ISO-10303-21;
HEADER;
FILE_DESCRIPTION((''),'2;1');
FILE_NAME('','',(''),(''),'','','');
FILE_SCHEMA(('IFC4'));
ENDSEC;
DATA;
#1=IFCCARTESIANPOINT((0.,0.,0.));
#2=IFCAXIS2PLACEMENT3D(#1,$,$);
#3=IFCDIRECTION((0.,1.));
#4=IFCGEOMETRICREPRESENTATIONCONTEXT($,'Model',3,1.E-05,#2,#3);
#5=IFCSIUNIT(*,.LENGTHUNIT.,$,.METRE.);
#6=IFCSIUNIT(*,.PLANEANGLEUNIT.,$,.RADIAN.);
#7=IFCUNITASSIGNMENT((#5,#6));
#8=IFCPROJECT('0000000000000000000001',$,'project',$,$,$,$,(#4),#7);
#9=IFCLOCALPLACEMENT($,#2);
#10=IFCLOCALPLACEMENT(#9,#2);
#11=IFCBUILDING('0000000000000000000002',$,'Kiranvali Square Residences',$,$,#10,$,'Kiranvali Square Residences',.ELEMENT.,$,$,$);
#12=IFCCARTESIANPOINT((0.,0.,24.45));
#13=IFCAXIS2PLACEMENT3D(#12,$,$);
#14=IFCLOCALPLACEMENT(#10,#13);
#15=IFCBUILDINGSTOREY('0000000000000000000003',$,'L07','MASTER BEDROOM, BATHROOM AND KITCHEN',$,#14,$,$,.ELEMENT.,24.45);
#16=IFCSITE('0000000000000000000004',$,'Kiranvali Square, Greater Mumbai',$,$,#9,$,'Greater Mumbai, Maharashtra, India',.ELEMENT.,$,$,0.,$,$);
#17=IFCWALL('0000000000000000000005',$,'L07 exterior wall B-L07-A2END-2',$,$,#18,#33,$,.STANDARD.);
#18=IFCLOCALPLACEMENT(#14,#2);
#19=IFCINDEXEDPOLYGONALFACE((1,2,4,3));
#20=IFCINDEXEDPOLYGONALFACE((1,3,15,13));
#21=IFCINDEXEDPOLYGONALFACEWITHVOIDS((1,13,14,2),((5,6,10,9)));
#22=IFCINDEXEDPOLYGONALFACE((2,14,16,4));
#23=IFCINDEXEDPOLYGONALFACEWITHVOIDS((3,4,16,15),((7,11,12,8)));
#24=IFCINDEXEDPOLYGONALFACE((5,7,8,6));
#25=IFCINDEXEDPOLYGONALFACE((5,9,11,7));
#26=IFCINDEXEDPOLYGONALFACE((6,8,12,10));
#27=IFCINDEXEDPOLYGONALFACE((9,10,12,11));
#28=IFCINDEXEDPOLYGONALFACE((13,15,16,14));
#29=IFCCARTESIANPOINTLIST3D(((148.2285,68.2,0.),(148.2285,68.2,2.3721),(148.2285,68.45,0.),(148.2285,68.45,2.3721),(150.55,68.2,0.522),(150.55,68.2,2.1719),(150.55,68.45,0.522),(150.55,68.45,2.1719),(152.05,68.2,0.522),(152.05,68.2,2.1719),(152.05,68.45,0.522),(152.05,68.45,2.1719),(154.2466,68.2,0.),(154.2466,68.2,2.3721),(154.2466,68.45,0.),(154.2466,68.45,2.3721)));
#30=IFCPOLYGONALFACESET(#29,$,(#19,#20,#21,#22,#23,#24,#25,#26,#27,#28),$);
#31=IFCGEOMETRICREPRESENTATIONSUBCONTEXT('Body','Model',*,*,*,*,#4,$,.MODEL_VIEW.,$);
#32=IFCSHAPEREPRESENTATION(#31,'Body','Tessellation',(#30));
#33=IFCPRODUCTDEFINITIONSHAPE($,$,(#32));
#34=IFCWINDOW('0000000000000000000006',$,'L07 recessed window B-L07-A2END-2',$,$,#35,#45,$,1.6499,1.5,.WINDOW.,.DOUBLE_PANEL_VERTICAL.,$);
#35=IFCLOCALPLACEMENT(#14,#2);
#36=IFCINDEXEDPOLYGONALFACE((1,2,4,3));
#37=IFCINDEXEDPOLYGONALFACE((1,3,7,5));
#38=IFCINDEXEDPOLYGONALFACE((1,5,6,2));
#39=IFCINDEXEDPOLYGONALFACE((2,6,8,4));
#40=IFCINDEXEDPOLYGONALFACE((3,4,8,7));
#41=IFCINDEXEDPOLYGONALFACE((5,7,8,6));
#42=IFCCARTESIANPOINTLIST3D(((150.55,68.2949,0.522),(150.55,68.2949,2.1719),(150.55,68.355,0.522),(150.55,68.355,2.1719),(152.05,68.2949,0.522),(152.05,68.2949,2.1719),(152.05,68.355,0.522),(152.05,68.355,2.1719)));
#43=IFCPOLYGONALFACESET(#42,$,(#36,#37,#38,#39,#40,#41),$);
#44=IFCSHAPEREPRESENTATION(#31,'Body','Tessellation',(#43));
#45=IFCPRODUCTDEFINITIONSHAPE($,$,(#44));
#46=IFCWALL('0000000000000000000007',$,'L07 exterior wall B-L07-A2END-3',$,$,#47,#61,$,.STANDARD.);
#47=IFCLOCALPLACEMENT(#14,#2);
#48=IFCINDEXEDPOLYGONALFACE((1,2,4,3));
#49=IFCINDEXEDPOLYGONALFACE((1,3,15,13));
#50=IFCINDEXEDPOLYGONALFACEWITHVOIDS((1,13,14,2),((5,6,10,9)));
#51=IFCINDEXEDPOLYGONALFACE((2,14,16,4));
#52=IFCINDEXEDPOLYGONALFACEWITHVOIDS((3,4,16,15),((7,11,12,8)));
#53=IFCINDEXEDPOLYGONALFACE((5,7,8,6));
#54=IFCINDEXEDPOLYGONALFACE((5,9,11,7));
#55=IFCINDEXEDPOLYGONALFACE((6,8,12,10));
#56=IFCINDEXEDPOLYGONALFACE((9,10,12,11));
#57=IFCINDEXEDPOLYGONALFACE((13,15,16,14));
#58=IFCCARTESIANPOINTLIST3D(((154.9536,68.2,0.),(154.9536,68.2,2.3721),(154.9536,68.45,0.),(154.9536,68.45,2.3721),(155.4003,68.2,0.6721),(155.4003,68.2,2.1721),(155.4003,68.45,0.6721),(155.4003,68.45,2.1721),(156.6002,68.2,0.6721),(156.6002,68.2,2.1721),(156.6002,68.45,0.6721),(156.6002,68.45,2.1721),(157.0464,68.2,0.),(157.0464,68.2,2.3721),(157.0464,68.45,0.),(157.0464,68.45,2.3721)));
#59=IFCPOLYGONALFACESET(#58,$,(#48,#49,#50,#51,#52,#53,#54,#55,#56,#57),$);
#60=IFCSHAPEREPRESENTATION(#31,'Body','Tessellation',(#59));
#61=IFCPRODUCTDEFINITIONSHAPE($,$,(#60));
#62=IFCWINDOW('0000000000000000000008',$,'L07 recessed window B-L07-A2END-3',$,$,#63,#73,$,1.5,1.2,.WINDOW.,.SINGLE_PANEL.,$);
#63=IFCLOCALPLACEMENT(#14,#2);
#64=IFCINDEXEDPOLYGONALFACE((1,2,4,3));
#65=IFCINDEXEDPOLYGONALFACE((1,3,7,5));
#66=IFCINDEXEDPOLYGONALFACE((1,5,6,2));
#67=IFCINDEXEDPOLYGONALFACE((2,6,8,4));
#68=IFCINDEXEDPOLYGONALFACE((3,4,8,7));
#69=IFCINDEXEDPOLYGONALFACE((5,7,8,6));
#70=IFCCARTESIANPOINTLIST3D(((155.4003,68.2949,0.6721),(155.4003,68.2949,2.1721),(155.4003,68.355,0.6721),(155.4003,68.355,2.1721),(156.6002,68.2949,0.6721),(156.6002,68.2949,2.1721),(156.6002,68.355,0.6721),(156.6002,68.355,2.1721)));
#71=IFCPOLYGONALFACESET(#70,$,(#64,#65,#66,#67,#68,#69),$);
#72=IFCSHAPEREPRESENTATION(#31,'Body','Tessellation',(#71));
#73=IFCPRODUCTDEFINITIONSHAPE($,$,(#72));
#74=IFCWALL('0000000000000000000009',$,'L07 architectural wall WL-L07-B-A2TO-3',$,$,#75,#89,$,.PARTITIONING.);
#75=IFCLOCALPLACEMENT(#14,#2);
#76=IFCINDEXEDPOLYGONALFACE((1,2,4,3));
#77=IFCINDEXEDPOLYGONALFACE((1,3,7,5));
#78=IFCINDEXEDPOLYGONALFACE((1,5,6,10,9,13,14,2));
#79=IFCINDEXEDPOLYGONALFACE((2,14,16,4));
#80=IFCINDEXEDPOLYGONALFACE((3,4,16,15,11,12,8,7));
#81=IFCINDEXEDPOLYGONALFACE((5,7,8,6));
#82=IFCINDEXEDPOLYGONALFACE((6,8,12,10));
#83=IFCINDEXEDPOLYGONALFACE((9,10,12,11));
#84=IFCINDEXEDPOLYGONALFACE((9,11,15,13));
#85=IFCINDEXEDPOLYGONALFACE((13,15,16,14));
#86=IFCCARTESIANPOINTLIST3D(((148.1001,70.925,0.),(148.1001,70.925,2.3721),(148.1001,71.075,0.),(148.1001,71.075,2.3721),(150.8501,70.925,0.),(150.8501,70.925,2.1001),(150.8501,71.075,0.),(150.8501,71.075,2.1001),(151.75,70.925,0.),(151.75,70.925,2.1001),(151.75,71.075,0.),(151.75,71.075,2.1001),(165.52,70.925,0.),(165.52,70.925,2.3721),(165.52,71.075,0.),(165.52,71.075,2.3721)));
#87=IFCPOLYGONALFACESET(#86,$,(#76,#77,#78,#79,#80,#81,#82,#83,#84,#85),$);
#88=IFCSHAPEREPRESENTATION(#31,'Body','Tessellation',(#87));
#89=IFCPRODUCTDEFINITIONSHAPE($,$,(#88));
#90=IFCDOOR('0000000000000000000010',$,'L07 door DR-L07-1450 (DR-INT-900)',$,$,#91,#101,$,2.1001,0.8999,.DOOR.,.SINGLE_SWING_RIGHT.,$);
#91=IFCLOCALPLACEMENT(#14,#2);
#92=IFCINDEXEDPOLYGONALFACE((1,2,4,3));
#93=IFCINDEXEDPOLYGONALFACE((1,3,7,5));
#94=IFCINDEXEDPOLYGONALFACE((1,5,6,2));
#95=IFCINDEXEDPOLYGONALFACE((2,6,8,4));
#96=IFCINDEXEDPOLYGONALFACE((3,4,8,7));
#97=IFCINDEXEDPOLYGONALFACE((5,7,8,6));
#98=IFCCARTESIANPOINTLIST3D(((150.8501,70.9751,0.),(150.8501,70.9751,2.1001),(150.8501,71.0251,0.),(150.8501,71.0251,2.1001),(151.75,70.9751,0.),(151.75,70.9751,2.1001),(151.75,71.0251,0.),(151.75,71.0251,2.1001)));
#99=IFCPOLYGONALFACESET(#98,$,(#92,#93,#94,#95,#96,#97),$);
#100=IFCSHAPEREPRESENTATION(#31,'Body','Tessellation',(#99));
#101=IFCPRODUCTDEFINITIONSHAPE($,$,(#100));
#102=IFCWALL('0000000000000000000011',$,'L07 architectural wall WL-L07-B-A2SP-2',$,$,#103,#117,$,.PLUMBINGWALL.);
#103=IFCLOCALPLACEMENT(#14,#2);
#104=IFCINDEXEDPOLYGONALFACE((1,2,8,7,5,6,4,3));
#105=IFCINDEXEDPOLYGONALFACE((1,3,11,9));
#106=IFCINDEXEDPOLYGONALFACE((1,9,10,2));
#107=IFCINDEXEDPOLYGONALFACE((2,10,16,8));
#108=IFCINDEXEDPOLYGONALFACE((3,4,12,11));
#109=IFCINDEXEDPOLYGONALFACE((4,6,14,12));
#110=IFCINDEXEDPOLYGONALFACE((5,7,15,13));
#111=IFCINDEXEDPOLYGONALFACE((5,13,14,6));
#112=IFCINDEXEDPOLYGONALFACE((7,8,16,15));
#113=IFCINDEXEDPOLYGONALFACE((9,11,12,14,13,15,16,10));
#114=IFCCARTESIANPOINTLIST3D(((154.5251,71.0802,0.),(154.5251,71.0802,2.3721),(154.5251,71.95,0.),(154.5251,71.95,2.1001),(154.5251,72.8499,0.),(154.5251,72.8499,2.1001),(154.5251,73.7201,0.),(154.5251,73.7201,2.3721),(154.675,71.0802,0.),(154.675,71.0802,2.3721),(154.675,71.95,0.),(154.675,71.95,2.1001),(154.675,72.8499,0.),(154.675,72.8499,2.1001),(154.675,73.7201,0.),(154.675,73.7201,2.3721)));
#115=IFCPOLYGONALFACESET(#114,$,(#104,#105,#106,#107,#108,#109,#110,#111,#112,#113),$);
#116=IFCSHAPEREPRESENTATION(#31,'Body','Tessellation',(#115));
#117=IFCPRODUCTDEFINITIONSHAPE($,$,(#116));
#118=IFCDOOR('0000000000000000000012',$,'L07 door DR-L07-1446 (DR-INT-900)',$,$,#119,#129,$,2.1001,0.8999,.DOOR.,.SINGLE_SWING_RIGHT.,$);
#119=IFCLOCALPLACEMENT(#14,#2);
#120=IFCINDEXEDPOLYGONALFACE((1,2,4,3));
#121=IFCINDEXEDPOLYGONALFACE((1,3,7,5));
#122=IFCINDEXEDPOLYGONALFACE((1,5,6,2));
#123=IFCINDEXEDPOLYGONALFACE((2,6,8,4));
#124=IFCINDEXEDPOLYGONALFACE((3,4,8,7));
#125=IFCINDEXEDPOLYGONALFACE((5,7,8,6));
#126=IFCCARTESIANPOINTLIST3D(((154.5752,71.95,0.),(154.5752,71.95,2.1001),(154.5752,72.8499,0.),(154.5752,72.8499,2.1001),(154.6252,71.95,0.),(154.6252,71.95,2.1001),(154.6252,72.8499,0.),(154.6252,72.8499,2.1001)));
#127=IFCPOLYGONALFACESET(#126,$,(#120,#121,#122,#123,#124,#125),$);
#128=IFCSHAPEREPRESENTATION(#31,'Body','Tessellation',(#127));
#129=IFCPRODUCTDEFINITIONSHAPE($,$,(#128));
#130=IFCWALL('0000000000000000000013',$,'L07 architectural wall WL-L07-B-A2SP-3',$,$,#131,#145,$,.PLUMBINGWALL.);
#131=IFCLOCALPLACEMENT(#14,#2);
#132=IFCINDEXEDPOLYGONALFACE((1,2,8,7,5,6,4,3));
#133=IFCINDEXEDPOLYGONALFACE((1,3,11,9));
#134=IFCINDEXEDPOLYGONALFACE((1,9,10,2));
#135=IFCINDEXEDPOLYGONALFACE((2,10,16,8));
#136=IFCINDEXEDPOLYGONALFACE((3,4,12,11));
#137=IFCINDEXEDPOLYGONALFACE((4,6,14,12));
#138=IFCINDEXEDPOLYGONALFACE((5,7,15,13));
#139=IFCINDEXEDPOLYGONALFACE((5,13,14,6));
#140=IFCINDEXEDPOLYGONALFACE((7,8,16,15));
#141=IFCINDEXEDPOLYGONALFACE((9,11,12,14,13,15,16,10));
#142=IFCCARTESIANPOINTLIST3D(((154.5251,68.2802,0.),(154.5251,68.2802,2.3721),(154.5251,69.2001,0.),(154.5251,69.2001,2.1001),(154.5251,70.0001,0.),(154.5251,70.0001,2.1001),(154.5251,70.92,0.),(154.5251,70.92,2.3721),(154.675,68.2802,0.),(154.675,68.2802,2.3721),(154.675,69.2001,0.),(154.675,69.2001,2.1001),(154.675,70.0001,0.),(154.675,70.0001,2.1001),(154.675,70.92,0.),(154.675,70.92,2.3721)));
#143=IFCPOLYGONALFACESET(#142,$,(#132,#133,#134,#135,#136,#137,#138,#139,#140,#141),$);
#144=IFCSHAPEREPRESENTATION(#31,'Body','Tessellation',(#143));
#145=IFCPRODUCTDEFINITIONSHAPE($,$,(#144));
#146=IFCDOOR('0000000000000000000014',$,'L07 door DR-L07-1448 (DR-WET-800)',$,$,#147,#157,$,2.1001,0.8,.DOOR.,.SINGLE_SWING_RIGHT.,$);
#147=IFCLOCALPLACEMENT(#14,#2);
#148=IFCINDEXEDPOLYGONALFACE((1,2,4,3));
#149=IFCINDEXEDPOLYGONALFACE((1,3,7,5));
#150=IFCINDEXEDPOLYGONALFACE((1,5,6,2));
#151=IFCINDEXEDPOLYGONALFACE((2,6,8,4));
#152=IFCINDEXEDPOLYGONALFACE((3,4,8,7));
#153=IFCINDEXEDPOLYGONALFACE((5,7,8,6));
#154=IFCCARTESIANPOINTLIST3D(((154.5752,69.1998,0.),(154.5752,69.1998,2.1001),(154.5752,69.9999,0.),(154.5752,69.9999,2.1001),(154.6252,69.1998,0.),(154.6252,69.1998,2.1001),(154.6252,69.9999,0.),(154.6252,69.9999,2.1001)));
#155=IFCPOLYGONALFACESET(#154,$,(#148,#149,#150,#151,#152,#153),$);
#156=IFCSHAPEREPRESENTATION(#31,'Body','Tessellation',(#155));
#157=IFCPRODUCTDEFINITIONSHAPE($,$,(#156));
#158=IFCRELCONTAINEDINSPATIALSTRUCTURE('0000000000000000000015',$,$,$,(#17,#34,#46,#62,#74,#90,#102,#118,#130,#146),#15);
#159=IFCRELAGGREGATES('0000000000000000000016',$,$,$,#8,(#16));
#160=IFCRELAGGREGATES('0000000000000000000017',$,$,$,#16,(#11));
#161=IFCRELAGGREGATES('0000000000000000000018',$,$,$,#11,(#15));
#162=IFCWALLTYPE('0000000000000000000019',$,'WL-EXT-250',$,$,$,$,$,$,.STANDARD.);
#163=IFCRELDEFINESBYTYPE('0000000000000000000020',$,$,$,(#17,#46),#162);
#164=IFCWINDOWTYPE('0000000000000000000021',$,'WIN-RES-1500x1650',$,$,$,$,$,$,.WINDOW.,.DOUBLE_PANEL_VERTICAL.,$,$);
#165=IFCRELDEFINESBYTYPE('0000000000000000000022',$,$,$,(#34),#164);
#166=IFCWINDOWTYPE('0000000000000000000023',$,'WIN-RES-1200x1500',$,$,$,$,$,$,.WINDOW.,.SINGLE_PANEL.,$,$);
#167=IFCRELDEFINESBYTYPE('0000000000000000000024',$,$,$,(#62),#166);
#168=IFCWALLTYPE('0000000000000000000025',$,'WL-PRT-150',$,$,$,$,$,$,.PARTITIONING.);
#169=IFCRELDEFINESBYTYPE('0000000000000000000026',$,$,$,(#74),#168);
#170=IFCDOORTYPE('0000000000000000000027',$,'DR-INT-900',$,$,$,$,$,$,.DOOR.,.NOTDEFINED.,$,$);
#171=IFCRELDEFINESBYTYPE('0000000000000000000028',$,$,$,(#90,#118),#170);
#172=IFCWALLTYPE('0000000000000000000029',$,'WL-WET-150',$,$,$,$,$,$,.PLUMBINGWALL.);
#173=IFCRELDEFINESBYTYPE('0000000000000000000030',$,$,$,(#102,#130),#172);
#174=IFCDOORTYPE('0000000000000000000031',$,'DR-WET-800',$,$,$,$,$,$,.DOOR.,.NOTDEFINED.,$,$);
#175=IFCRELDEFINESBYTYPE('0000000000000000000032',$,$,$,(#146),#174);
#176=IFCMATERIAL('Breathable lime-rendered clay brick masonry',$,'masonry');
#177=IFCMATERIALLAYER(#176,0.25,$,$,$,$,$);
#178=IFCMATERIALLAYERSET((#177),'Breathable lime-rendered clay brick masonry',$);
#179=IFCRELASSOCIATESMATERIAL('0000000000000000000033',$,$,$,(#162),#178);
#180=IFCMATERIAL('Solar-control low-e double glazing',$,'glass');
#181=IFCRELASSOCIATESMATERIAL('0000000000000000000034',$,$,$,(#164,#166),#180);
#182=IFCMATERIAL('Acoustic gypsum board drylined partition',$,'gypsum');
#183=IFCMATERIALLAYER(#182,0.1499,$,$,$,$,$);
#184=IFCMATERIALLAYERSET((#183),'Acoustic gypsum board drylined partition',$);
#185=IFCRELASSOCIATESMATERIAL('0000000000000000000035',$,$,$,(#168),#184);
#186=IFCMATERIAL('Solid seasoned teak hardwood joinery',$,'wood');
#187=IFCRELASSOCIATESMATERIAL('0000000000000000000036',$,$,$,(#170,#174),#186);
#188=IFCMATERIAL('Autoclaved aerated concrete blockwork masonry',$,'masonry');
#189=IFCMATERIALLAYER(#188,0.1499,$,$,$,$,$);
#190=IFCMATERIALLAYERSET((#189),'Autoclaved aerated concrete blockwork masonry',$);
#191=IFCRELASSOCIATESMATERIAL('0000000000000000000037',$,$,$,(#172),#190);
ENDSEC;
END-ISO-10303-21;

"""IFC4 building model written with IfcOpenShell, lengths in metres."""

from ifc_helpers import new_model, si_unit, direction, frame, frame_2d, origin, place, context, subcontext, project, spatial, rectangle, extrude, material, layer, layer_set, type_object, element, fill, save


model = new_model("IFC4")

# Units and contexts
model_context = context("Model", 3, precision=1e-05, world=origin(), true_north=direction((0.0, 1.0)))
body_context = subcontext(model_context, "Body", "Model", "MODEL_VIEW")
ifc_project = project(units=[si_unit("LENGTHUNIT", "METRE"), si_unit("PLANEANGLEUNIT", "RADIAN")], contexts=[model_context])

# Site, building, storey
site_placement = place(None, origin())
site = spatial("IfcSite", under=ifc_project, at=site_placement, Name="Kiranvali Square, Greater Mumbai", LongName="Greater Mumbai, Maharashtra, India", CompositionType="ELEMENT", RefElevation=0.0)
building_placement = place(site_placement, origin())
building = spatial("IfcBuilding", under=site, at=building_placement, Name="Kiranvali Square Residences", LongName="Kiranvali Square Residences", CompositionType="ELEMENT")
storey_placement = place(building_placement, frame((0.0, 0.0, 24.45)))
storey = spatial("IfcBuildingStorey", under=building, at=storey_placement, Name="L07", Description="MASTER BEDROOM, BATHROOM AND KITCHEN", CompositionType="ELEMENT", Elevation=24.45)

# Shared definitions
ifc_material_1 = material(Name="Autoclaved aerated concrete blockwork masonry", Category="masonry")

# Walls, openings, windows
ifc_material_2 = material(Name="Breathable lime-rendered clay brick masonry", Category="masonry")
ifc_layer_1 = layer(ifc_material_2, 0.25)
ifc_layer_set_1 = layer_set([ifc_layer_1], Name="Breathable lime-rendered clay brick masonry")
wall_type_1 = type_object("IfcWallType", Name="WL-EXT-250", PredefinedType="STANDARD", material=ifc_layer_set_1)
wall_1_placement = place(storey_placement, frame((148.2285, 68.325, 0.0), z_axis=(0.0, 0.0, 1.0), x_axis=(1.0, 0.0, 0.0)))
wall_1 = element("IfcWall", 1, at=wall_1_placement, inside=storey, type_object=wall_type_1, Name="L07 exterior wall B-L07-A2END-2", PredefinedType="STANDARD", context=body_context, shape_type="SweptSolid", body=[
    extrude(rectangle(XDim=6.0181, YDim=0.25, at=frame_2d((3.009, 0.0))), origin(), (0.0, 0.0, 1.0), 2.3721),
])
opening_1_placement = place(wall_1_placement, frame((2.3215, 0.0, 0.522)))
opening_1 = element("IfcOpeningElement", 2, at=opening_1_placement, cuts=wall_1, PredefinedType="OPENING", context=body_context, shape_type="SweptSolid", body=[
    extrude(rectangle(XDim=1.5, YDim=1.6499, at=frame_2d((0.75, 0.825))), frame((0.0, 0.135, 0.0), z_axis=(0.0, -1.0, 0.0), x_axis=(1.0, 0.0, 0.0)), (0.0, 0.0, 1.0), 0.27),
])
ifc_material_3 = material(Name="Solar-control low-e double glazing", Category="glass")
window_type_1 = type_object("IfcWindowType", Name="WIN-RES-1500x1650", PartitioningType="DOUBLE_PANEL_VERTICAL", PredefinedType="WINDOW", material=ifc_material_3)
window_1_placement = place(opening_1_placement, origin())
window_1 = element("IfcWindow", 3, at=window_1_placement, inside=storey, type_object=window_type_1, Name="L07 recessed window B-L07-A2END-2", OverallHeight=1.6499, OverallWidth=1.5, PartitioningType="DOUBLE_PANEL_VERTICAL", PredefinedType="WINDOW", context=body_context, shape_type="SweptSolid", body=[
    extrude(rectangle(XDim=1.5, YDim=1.6499, at=frame_2d((0.75, 0.825))), frame((0.0, 0.03, 0.0), z_axis=(0.0, -1.0, 0.0), x_axis=(1.0, 0.0, 0.0)), (0.0, 0.0, 1.0), 0.0601),
])
fill(opening_1, window_1)
wall_2_placement = place(storey_placement, frame((154.9536, 68.325, 0.0), z_axis=(0.0, 0.0, 1.0), x_axis=(1.0, 0.0, 0.0)))
wall_2 = element("IfcWall", 4, at=wall_2_placement, inside=storey, type_object=wall_type_1, Name="L07 exterior wall B-L07-A2END-3", PredefinedType="STANDARD", context=body_context, shape_type="SweptSolid", body=[
    extrude(rectangle(XDim=2.0928, YDim=0.25, at=frame_2d((1.0464, 0.0))), origin(), (0.0, 0.0, 1.0), 2.3721),
])
opening_2_placement = place(wall_2_placement, frame((0.4465, 0.0, 0.6721)))
opening_2 = element("IfcOpeningElement", 5, at=opening_2_placement, cuts=wall_2, PredefinedType="OPENING", context=body_context, shape_type="SweptSolid", body=[
    extrude(rectangle(XDim=1.2, YDim=1.5, at=frame_2d((0.6001, 0.75))), frame((0.0, 0.135, 0.0), z_axis=(0.0, -1.0, 0.0), x_axis=(1.0, 0.0, 0.0)), (0.0, 0.0, 1.0), 0.27),
])
window_type_2 = type_object("IfcWindowType", Name="WIN-RES-1200x1500", PartitioningType="SINGLE_PANEL", PredefinedType="WINDOW", material=ifc_material_3)
window_2_placement = place(opening_2_placement, origin())
window_2 = element("IfcWindow", 6, at=window_2_placement, inside=storey, type_object=window_type_2, Name="L07 recessed window B-L07-A2END-3", OverallHeight=1.5, OverallWidth=1.2, PartitioningType="SINGLE_PANEL", PredefinedType="WINDOW", context=body_context, shape_type="SweptSolid", body=[
    extrude(rectangle(XDim=1.2, YDim=1.5, at=frame_2d((0.6001, 0.75))), frame((0.0, 0.03, 0.0), z_axis=(0.0, -1.0, 0.0), x_axis=(1.0, 0.0, 0.0)), (0.0, 0.0, 1.0), 0.0601),
])
fill(opening_2, window_2)

# Walls, openings, doors
ifc_material_4 = material(Name="Acoustic gypsum board drylined partition", Category="gypsum")
ifc_layer_2 = layer(ifc_material_4, 0.1499)
ifc_layer_set_2 = layer_set([ifc_layer_2], Name="Acoustic gypsum board drylined partition")
wall_type_2 = type_object("IfcWallType", Name="WL-PRT-150", PredefinedType="PARTITIONING", material=ifc_layer_set_2)
wall_3_placement = place(storey_placement, frame((148.1001, 71.0, 0.0), z_axis=(0.0, 0.0, 1.0), x_axis=(1.0, 0.0, 0.0)))
wall_3 = element("IfcWall", 7, at=wall_3_placement, inside=storey, type_object=wall_type_2, Name="L07 architectural wall WL-L07-B-A2TO-3", PredefinedType="PARTITIONING", context=body_context, shape_type="SweptSolid", body=[
    extrude(rectangle(XDim=17.4199, YDim=0.1499, at=frame_2d((8.71, 0.0))), origin(), (0.0, 0.0, 1.0), 2.3721),
])
opening_3_placement = place(wall_3_placement, frame((2.75, 0.0, 0.0)))
opening_3 = element("IfcOpeningElement", 8, at=opening_3_placement, cuts=wall_3, PredefinedType="OPENING", context=body_context, shape_type="SweptSolid", body=[
    extrude(rectangle(XDim=0.8999, YDim=2.1001, at=frame_2d((0.45, 1.05))), frame((0.0, 0.085, 0.0), z_axis=(0.0, -1.0, 0.0), x_axis=(1.0, 0.0, 0.0)), (0.0, 0.0, 1.0), 0.1699),
])
ifc_material_5 = material(Name="Solid seasoned teak hardwood joinery", Category="wood")
door_type_1 = type_object("IfcDoorType", Name="DR-INT-900", OperationType="NOTDEFINED", PredefinedType="DOOR", material=ifc_material_5)
door_1_placement = place(opening_3_placement, frame((0.8999, 0.0, 0.0), z_axis=(0.0, 0.0, 1.0), x_axis=(-1.0, 0.0, 0.0)))
door_1 = element("IfcDoor", 9, at=door_1_placement, inside=storey, type_object=door_type_1, Name="L07 door DR-L07-1450 (DR-INT-900)", OperationType="SINGLE_SWING_RIGHT", OverallHeight=2.1001, OverallWidth=0.8999, PredefinedType="DOOR", context=body_context, shape_type="SweptSolid", body=[
    extrude(rectangle(XDim=0.8999, YDim=2.1001, at=frame_2d((0.45, 1.05))), frame((0.0, 0.0249, 0.0), z_axis=(0.0, -1.0, 0.0), x_axis=(1.0, 0.0, 0.0)), (0.0, 0.0, 1.0), 0.05),
])
fill(opening_3, door_1)
ifc_layer_3 = layer(ifc_material_1, 0.1499)
ifc_layer_set_3 = layer_set([ifc_layer_3], Name="Autoclaved aerated concrete blockwork masonry")
wall_type_3 = type_object("IfcWallType", Name="WL-WET-150", PredefinedType="PLUMBINGWALL", material=ifc_layer_set_3)
wall_4_placement = place(storey_placement, frame((154.6001, 73.72, 0.0), z_axis=(0.0, 0.0, 1.0), x_axis=(0.0, -1.0, 0.0)))
wall_4 = element("IfcWall", 10, at=wall_4_placement, inside=storey, type_object=wall_type_3, Name="L07 architectural wall WL-L07-B-A2SP-2", PredefinedType="PLUMBINGWALL", context=body_context, shape_type="SweptSolid", body=[
    extrude(rectangle(XDim=2.6399, YDim=0.1499, at=frame_2d((1.3198, 0.0))), origin(), (0.0, 0.0, 1.0), 2.3721),
])
opening_4_placement = place(wall_4_placement, frame((0.8701, 0.0, 0.0)))
opening_4 = element("IfcOpeningElement", 11, at=opening_4_placement, cuts=wall_4, PredefinedType="OPENING", context=body_context, shape_type="SweptSolid", body=[
    extrude(rectangle(XDim=0.8999, YDim=2.1001, at=frame_2d((0.45, 1.05))), frame((0.0, 0.085, 0.0), z_axis=(0.0, -1.0, 0.0), x_axis=(1.0, 0.0, 0.0)), (0.0, 0.0, 1.0), 0.1699),
])
door_2_placement = place(opening_4_placement, frame((0.8999, 0.0, 0.0), z_axis=(0.0, 0.0, 1.0), x_axis=(-1.0, 0.0, 0.0)))
door_2 = element("IfcDoor", 12, at=door_2_placement, inside=storey, type_object=door_type_1, Name="L07 door DR-L07-1446 (DR-INT-900)", OperationType="SINGLE_SWING_RIGHT", OverallHeight=2.1001, OverallWidth=0.8999, PredefinedType="DOOR", context=body_context, shape_type="SweptSolid", body=[
    extrude(rectangle(XDim=0.8999, YDim=2.1001, at=frame_2d((0.45, 1.05))), frame((0.0, 0.0249, 0.0), z_axis=(0.0, -1.0, 0.0), x_axis=(1.0, 0.0, 0.0)), (0.0, 0.0, 1.0), 0.05),
])
fill(opening_4, door_2)
wall_5_placement = place(storey_placement, frame((154.6001, 70.9199, 0.0), z_axis=(0.0, 0.0, 1.0), x_axis=(0.0, -1.0, 0.0)))
wall_5 = element("IfcWall", 13, at=wall_5_placement, inside=storey, type_object=wall_type_3, Name="L07 architectural wall WL-L07-B-A2SP-3", PredefinedType="PLUMBINGWALL", context=body_context, shape_type="SweptSolid", body=[
    extrude(rectangle(XDim=2.6399, YDim=0.1499, at=frame_2d((1.3198, 0.0))), origin(), (0.0, 0.0, 1.0), 2.3721),
])
opening_5_placement = place(wall_5_placement, frame((0.9199, 0.0, 0.0)))
opening_5 = element("IfcOpeningElement", 14, at=opening_5_placement, cuts=wall_5, PredefinedType="OPENING", context=body_context, shape_type="SweptSolid", body=[
    extrude(rectangle(XDim=0.8, YDim=2.1001, at=frame_2d((0.3999, 1.05))), frame((0.0, 0.085, 0.0), z_axis=(0.0, -1.0, 0.0), x_axis=(1.0, 0.0, 0.0)), (0.0, 0.0, 1.0), 0.1699),
])
door_type_2 = type_object("IfcDoorType", Name="DR-WET-800", OperationType="NOTDEFINED", PredefinedType="DOOR", material=ifc_material_5)
door_3_placement = place(opening_5_placement, frame((0.8, 0.0, 0.0), z_axis=(0.0, 0.0, 1.0), x_axis=(-1.0, 0.0, 0.0)))
door_3 = element("IfcDoor", 15, at=door_3_placement, inside=storey, type_object=door_type_2, Name="L07 door DR-L07-1448 (DR-WET-800)", OperationType="SINGLE_SWING_RIGHT", OverallHeight=2.1001, OverallWidth=0.8, PredefinedType="DOOR", context=body_context, shape_type="SweptSolid", body=[
    extrude(rectangle(XDim=0.8, YDim=2.1001, at=frame_2d((0.3999, 1.05))), frame((0.0, 0.0249, 0.0), z_axis=(0.0, -1.0, 0.0), x_axis=(1.0, 0.0, 0.0)), (0.0, 0.0, 1.0), 0.05),
])
fill(opening_5, door_3)

save(model, "model.ifc")
